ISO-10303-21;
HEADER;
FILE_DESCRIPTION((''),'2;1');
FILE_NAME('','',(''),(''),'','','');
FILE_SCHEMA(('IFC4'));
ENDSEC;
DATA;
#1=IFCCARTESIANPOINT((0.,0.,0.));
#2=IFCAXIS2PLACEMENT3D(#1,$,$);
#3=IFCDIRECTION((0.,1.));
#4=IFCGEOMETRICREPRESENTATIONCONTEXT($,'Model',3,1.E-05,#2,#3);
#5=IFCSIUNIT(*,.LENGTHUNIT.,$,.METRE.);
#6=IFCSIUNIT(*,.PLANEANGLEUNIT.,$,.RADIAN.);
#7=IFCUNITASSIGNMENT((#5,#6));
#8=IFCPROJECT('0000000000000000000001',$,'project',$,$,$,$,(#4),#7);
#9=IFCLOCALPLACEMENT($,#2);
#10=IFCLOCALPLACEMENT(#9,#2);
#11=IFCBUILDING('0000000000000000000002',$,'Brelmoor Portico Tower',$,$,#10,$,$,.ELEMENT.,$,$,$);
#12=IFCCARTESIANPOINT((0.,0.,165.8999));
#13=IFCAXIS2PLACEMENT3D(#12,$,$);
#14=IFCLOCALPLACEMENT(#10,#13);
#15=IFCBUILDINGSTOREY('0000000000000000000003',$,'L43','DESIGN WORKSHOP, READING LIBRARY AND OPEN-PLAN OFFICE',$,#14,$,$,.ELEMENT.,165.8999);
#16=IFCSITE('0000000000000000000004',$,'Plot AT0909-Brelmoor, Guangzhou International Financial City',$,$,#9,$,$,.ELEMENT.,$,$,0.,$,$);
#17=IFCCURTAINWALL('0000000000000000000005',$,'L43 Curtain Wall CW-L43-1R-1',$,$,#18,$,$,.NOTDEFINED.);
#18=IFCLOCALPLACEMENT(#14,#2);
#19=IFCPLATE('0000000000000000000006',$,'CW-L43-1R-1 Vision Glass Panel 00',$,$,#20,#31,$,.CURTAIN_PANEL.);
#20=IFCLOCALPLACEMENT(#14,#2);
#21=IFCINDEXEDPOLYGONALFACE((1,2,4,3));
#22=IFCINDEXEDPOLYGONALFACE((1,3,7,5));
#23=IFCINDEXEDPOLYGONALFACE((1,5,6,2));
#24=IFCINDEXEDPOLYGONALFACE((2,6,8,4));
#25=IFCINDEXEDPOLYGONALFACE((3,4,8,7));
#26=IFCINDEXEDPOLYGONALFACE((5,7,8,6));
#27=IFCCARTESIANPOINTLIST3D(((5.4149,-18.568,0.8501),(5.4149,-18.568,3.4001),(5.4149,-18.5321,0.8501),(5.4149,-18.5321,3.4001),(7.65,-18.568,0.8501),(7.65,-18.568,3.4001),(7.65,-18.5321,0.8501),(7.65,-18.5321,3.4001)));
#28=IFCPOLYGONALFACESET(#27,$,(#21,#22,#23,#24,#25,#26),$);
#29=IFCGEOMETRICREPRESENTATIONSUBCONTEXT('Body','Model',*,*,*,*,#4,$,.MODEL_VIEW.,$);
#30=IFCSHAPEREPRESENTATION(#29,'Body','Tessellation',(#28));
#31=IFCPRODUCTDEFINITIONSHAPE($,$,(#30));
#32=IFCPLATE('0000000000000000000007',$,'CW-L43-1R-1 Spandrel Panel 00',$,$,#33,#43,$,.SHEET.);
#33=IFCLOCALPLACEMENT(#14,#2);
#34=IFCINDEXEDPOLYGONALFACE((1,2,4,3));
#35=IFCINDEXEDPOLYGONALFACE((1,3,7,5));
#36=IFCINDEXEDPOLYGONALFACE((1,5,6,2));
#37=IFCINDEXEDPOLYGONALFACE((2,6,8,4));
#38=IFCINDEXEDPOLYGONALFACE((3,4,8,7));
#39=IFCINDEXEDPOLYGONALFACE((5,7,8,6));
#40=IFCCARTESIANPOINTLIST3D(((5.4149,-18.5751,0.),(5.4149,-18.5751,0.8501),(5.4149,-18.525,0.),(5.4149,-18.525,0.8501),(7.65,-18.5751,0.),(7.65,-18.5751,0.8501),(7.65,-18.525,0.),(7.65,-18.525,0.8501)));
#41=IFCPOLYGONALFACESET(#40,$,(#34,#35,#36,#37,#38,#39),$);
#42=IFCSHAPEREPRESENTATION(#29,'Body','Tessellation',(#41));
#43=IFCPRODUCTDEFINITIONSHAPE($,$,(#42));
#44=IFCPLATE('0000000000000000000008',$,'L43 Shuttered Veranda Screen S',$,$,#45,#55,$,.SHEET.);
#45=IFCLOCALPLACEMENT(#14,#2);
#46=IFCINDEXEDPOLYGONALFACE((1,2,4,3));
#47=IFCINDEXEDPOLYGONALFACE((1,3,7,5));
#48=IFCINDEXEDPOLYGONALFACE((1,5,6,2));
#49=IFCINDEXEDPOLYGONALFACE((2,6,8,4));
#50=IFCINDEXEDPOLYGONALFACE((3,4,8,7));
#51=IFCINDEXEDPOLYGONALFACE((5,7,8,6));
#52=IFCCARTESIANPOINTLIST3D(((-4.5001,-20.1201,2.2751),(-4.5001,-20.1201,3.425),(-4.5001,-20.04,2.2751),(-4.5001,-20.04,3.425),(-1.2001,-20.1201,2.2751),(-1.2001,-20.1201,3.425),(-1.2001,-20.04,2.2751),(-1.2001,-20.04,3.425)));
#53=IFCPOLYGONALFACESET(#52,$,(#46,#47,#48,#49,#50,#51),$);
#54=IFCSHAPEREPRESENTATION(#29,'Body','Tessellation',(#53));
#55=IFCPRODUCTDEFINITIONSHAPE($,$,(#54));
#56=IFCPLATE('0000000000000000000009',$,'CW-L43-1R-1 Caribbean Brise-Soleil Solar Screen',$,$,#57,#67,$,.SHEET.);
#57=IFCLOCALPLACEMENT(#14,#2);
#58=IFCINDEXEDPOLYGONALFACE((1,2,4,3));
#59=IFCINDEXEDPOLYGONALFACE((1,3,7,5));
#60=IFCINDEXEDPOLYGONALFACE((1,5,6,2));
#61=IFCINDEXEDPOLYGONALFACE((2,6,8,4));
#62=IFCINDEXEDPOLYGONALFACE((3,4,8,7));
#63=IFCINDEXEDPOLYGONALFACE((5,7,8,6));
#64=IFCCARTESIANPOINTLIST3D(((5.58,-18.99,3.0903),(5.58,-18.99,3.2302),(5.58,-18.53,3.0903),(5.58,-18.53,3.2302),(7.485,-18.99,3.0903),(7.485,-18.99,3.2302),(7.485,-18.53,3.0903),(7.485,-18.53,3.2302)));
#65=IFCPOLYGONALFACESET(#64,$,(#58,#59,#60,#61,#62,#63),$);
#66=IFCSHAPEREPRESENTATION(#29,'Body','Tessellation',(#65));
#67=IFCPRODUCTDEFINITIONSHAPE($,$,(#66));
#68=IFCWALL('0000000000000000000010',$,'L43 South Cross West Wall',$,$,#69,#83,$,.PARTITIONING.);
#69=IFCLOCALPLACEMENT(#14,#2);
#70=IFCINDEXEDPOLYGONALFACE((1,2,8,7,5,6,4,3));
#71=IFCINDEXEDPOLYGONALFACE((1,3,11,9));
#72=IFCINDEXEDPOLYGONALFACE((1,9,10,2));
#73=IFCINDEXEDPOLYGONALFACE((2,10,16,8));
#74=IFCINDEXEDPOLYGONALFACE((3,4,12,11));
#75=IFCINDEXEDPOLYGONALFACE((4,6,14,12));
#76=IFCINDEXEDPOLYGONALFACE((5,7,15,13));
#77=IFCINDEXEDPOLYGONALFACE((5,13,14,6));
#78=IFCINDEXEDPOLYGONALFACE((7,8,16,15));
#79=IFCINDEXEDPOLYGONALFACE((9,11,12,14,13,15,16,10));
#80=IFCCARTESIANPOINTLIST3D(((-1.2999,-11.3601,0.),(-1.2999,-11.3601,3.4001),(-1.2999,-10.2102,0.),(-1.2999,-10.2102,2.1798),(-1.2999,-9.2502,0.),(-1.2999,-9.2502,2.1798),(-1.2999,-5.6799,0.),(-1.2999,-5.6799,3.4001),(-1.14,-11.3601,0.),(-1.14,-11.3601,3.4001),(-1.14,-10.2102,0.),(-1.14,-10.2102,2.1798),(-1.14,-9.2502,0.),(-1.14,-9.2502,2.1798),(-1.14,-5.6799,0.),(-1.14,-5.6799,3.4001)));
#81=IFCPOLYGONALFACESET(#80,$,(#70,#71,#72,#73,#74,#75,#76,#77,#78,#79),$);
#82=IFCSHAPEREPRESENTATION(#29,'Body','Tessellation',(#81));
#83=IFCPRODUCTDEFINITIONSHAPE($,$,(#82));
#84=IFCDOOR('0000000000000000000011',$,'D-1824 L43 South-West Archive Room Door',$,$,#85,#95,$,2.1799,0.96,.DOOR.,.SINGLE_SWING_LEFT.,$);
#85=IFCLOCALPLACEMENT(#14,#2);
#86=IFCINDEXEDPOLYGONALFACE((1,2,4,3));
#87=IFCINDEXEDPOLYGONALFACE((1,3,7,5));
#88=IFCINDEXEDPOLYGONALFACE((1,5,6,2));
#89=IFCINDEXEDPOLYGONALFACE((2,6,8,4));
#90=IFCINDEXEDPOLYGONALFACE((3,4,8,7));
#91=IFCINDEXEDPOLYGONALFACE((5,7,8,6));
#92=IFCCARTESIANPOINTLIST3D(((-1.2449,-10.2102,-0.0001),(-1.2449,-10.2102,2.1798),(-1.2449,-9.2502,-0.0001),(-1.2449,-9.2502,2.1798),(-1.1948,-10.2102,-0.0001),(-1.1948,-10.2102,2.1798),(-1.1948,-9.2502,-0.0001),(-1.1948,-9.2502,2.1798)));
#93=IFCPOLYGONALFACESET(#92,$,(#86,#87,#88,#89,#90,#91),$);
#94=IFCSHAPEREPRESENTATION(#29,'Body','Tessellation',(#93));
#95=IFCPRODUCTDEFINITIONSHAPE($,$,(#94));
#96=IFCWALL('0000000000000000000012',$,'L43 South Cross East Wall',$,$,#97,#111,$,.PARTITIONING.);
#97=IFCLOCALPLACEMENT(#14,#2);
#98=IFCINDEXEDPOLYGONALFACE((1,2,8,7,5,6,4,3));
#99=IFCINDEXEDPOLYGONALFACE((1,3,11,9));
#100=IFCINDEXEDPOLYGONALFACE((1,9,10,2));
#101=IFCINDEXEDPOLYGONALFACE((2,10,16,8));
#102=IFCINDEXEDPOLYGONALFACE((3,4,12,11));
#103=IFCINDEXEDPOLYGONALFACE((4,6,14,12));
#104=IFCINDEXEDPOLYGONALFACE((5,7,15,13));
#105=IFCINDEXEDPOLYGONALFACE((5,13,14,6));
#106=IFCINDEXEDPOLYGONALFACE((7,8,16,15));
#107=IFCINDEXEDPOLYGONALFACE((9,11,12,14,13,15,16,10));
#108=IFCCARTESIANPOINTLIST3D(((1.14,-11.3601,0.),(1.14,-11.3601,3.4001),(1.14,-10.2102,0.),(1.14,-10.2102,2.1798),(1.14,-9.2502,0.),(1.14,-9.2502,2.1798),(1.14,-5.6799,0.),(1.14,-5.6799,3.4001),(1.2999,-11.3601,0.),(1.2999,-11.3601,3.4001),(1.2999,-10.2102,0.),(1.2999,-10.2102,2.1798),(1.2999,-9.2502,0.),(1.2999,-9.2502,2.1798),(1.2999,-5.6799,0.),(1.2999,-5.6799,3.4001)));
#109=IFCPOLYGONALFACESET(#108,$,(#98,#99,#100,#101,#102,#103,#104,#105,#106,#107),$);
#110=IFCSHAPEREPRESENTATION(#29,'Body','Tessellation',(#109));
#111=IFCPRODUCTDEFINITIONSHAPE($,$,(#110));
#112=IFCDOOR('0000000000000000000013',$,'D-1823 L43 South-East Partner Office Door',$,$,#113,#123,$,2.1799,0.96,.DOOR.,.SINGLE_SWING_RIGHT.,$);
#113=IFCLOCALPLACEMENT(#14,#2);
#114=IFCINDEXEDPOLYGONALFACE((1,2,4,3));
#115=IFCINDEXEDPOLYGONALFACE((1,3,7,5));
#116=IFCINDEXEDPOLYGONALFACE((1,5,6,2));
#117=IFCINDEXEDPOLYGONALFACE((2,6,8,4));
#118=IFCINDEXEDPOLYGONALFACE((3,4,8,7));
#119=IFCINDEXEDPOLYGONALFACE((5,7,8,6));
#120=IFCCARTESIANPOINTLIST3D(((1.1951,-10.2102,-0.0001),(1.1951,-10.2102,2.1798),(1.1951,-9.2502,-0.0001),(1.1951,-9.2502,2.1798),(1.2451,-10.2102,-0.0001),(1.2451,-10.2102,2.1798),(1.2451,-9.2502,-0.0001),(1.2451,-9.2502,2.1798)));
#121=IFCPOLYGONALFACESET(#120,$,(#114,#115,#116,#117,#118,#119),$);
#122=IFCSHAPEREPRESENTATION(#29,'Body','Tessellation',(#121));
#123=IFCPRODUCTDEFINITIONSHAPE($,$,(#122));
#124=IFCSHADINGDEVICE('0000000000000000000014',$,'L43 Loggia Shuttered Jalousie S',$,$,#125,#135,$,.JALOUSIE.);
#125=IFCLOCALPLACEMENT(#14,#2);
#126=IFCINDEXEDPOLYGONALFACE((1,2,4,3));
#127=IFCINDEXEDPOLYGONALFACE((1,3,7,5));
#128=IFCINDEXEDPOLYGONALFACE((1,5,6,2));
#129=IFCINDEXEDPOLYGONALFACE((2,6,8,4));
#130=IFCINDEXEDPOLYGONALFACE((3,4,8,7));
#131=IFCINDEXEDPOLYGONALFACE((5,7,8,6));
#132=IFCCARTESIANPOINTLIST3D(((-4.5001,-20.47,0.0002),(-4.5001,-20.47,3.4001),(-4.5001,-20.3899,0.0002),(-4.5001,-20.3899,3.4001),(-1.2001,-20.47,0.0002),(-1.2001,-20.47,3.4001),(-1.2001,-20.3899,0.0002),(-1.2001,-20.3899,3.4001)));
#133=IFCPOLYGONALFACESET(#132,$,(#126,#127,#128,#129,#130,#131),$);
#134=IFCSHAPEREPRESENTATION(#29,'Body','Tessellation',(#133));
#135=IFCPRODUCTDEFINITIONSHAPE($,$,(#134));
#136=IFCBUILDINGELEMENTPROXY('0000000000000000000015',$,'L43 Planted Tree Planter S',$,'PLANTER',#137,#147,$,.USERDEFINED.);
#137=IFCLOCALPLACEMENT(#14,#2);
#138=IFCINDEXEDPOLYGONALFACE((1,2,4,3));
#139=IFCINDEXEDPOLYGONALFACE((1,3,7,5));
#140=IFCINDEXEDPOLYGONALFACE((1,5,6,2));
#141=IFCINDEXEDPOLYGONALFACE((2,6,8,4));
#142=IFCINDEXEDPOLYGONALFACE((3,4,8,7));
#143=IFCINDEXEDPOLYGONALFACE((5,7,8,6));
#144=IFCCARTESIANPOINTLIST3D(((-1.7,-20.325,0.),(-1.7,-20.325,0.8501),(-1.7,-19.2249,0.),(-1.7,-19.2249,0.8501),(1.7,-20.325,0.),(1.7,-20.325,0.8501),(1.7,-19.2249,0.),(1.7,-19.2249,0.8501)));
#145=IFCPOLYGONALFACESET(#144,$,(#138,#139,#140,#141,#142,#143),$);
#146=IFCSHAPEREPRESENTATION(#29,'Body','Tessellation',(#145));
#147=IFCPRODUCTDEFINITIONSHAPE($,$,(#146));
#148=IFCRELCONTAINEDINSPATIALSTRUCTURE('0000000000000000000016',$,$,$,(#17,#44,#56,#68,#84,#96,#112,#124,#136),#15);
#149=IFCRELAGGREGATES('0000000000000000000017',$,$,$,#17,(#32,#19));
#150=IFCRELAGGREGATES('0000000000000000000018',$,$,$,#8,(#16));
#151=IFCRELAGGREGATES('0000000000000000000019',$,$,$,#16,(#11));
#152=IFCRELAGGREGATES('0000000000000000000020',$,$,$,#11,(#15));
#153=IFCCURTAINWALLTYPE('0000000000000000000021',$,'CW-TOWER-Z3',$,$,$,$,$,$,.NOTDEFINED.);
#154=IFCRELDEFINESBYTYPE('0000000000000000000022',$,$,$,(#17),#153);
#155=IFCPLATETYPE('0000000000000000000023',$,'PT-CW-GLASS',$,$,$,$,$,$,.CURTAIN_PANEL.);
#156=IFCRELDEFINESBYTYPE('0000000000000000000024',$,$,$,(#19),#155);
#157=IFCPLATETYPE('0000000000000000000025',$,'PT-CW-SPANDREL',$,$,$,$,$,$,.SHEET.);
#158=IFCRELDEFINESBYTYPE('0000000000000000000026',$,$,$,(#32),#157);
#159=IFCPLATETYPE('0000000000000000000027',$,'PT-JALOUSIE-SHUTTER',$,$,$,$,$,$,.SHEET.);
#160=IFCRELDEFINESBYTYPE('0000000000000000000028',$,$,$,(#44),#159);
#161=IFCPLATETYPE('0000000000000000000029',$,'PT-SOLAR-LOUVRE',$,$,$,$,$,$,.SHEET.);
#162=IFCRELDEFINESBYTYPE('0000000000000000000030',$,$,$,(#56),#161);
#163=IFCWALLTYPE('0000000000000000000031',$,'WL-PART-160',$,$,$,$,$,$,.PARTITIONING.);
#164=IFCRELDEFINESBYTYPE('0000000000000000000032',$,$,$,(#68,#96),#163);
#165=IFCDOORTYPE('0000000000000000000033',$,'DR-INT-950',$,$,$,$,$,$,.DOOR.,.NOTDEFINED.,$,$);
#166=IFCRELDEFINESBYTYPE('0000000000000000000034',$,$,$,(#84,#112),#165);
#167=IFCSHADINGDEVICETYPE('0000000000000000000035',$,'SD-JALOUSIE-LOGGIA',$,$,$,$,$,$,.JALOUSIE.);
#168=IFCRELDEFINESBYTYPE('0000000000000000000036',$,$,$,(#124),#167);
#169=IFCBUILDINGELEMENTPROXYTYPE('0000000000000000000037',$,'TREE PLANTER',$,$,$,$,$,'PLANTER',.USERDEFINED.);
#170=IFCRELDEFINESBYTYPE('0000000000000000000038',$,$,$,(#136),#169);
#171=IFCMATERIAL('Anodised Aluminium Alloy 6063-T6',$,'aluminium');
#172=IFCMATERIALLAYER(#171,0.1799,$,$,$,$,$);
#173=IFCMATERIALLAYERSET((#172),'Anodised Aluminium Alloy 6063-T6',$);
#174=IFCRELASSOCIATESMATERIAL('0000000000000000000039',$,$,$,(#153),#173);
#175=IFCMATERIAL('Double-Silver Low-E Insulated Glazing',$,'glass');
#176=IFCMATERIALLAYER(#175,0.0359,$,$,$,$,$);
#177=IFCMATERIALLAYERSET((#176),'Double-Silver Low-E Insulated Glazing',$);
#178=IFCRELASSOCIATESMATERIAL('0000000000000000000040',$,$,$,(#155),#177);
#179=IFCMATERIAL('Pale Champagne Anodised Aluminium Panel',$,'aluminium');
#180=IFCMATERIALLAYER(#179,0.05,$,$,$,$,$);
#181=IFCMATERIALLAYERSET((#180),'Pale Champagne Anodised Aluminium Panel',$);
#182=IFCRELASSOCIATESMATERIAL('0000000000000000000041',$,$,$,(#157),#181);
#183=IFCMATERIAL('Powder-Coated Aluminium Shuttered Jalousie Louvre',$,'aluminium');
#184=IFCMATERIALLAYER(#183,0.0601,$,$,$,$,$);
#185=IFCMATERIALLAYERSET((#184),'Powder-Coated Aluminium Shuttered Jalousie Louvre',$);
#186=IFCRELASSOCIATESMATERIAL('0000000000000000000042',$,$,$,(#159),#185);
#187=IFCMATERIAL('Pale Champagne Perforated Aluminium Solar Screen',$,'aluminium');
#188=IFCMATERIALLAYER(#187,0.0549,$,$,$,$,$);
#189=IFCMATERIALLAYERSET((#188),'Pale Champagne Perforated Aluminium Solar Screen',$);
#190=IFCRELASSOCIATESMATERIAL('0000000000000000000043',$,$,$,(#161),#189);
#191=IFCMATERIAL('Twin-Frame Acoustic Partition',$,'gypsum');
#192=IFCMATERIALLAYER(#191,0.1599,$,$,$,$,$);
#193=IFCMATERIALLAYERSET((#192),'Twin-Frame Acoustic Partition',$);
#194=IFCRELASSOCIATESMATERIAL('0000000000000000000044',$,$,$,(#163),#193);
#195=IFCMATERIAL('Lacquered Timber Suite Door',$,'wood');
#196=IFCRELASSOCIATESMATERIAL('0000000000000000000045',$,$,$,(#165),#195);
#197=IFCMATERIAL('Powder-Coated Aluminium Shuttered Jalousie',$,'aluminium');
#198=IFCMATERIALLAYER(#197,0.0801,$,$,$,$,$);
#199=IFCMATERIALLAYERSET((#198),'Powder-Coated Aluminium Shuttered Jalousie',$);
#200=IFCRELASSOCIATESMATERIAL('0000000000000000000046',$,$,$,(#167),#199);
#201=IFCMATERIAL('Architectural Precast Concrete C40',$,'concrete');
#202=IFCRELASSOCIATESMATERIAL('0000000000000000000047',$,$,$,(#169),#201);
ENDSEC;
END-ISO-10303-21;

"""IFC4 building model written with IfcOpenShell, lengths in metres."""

from ifc_helpers import new_model, si_unit, direction, frame, frame_2d, origin, origin_2d, place, context, subcontext, project, spatial, rectangle, extrude, material, layer, layer_set, type_object, element, fill, aggregate, save


model = new_model("IFC4")

# Units and contexts
model_context = context("Model", 3, precision=1e-05, world=origin(), true_north=direction((0.0, 1.0)))
body_context = subcontext(model_context, "Body", "Model", "MODEL_VIEW")
ifc_project = project(units=[si_unit("LENGTHUNIT", "METRE"), si_unit("PLANEANGLEUNIT", "RADIAN")], contexts=[model_context])

# Site, building, storey
site_placement = place(None, origin())
site = spatial("IfcSite", under=ifc_project, at=site_placement, Name="Plot AT0909-Brelmoor, Guangzhou International Financial City", CompositionType="ELEMENT", RefElevation=0.0)
building_placement = place(site_placement, origin())
building = spatial("IfcBuilding", under=site, at=building_placement, Name="Brelmoor Portico Tower", CompositionType="ELEMENT")
storey_placement = place(building_placement, frame((0.0, 0.0, 165.8999)))
storey = spatial("IfcBuildingStorey", under=building, at=storey_placement, Name="L43", Description="DESIGN WORKSHOP, READING LIBRARY AND OPEN-PLAN OFFICE", CompositionType="ELEMENT", Elevation=165.8999)

# Curtain wall
ifc_material_1 = material(Name="Anodised Aluminium Alloy 6063-T6", Category="aluminium")
ifc_layer_1 = layer(ifc_material_1, 0.1799)
ifc_layer_set_1 = layer_set([ifc_layer_1], Name="Anodised Aluminium Alloy 6063-T6")
curtain_wall_type_1 = type_object("IfcCurtainWallType", Name="CW-TOWER-Z3", PredefinedType="NOTDEFINED", material=ifc_layer_set_1)
curtain_wall_1_placement = place(storey_placement, origin())
curtain_wall_1 = element("IfcCurtainWall", 1, at=curtain_wall_1_placement, inside=storey, type_object=curtain_wall_type_1, Name="L43 Curtain Wall CW-L43-1R-1", PredefinedType="NOTDEFINED")

# Plates
ifc_material_2 = material(Name="Double-Silver Low-E Insulated Glazing", Category="glass")
ifc_layer_2 = layer(ifc_material_2, 0.0359)
ifc_layer_set_2 = layer_set([ifc_layer_2], Name="Double-Silver Low-E Insulated Glazing")
plate_type_1 = type_object("IfcPlateType", Name="PT-CW-GLASS", PredefinedType="CURTAIN_PANEL", material=ifc_layer_set_2)
plate_1_placement = place(storey_placement, frame((6.5325, -18.55, 0.8501), z_axis=(0.0, 0.0, 1.0), x_axis=(1.0, 0.0, 0.0)))
plate_1 = element("IfcPlate", 2, at=plate_1_placement, type_object=plate_type_1, Name="CW-L43-1R-1 Vision Glass Panel 00", PredefinedType="CURTAIN_PANEL", context=body_context, shape_type="SweptSolid", body=[
    extrude(rectangle(XDim=2.2351, YDim=0.0359, at=origin_2d()), origin(), (0.0, 0.0, 1.0), 2.55),
])
ifc_material_3 = material(Name="Pale Champagne Anodised Aluminium Panel", Category="aluminium")
ifc_layer_3 = layer(ifc_material_3, 0.05)
ifc_layer_set_3 = layer_set([ifc_layer_3], Name="Pale Champagne Anodised Aluminium Panel")
plate_type_2 = type_object("IfcPlateType", Name="PT-CW-SPANDREL", PredefinedType="SHEET", material=ifc_layer_set_3)
plate_2_placement = place(storey_placement, frame((6.5325, -18.55, 0.0), z_axis=(0.0, 0.0, 1.0), x_axis=(1.0, 0.0, 0.0)))
plate_2 = element("IfcPlate", 3, at=plate_2_placement, type_object=plate_type_2, Name="CW-L43-1R-1 Spandrel Panel 00", PredefinedType="SHEET", context=body_context, shape_type="SweptSolid", body=[
    extrude(rectangle(XDim=2.2351, YDim=0.05, at=origin_2d()), origin(), (0.0, 0.0, 1.0), 0.8501),
])
aggregate(curtain_wall_1, [plate_2, plate_1])

# Plates
ifc_material_4 = material(Name="Powder-Coated Aluminium Shuttered Jalousie Louvre", Category="aluminium")
ifc_layer_4 = layer(ifc_material_4, 0.0601)
ifc_layer_set_4 = layer_set([ifc_layer_4], Name="Powder-Coated Aluminium Shuttered Jalousie Louvre")
plate_type_3 = type_object("IfcPlateType", Name="PT-JALOUSIE-SHUTTER", PredefinedType="SHEET", material=ifc_layer_set_4)
plate_3_placement = place(storey_placement, frame((-2.8501, -20.0801, 2.2751), z_axis=(0.0, 0.0, 1.0), x_axis=(1.0, 0.0, 0.0)))
element("IfcPlate", 4, at=plate_3_placement, inside=storey, type_object=plate_type_3, Name="L43 Shuttered Veranda Screen S", PredefinedType="SHEET", context=body_context, shape_type="SweptSolid", body=[
    extrude(rectangle(XDim=3.3, YDim=0.0801, at=origin_2d()), origin(), (0.0, 0.0, 1.0), 1.1499),
])
ifc_material_5 = material(Name="Pale Champagne Perforated Aluminium Solar Screen", Category="aluminium")
ifc_layer_5 = layer(ifc_material_5, 0.0549)
ifc_layer_set_5 = layer_set([ifc_layer_5], Name="Pale Champagne Perforated Aluminium Solar Screen")
plate_type_4 = type_object("IfcPlateType", Name="PT-SOLAR-LOUVRE", PredefinedType="SHEET", material=ifc_layer_set_5)
plate_4_placement = place(storey_placement, frame((6.5325, -18.76, 3.0903), z_axis=(0.0, 0.0, 1.0), x_axis=(1.0, 0.0, 0.0)))
element("IfcPlate", 5, at=plate_4_placement, inside=storey, type_object=plate_type_4, Name="CW-L43-1R-1 Caribbean Brise-Soleil Solar Screen", PredefinedType="SHEET", context=body_context, shape_type="SweptSolid", body=[
    extrude(rectangle(XDim=1.905, YDim=0.46, at=origin_2d()), origin(), (0.0, 0.0, 1.0), 0.1399),
])

# Walls, openings, doors
ifc_material_6 = material(Name="Twin-Frame Acoustic Partition", Category="gypsum")
ifc_layer_6 = layer(ifc_material_6, 0.1599)
ifc_layer_set_6 = layer_set([ifc_layer_6], Name="Twin-Frame Acoustic Partition")
wall_type = type_object("IfcWallType", Name="WL-PART-160", PredefinedType="PARTITIONING", material=ifc_layer_set_6)
wall_1_placement = place(storey_placement, frame((-1.22, -11.3601, 0.0), z_axis=(0.0, 0.0, 1.0), x_axis=(0.0, 1.0, 0.0)))
wall_1 = element("IfcWall", 6, at=wall_1_placement, inside=storey, type_object=wall_type, Name="L43 South Cross West Wall", PredefinedType="PARTITIONING", context=body_context, shape_type="SweptSolid", body=[
    extrude(rectangle(XDim=5.6802, YDim=0.1599, at=frame_2d((2.8401, 0.0))), origin(), (0.0, 0.0, 1.0), 3.4001),
])
opening_1_placement = place(wall_1_placement, frame((1.1499, 0.0, 0.0)))
opening_1 = element("IfcOpeningElement", 7, at=opening_1_placement, cuts=wall_1, PredefinedType="OPENING", context=body_context, shape_type="SweptSolid", body=[
    extrude(rectangle(XDim=0.96, YDim=2.1799, at=frame_2d((0.48, 1.0898))), frame((0.0, 0.0898, 0.0), z_axis=(0.0, -1.0, 0.0), x_axis=(1.0, 0.0, 0.0)), (0.0, 0.0, 1.0), 0.1799),
])
ifc_material_7 = material(Name="Lacquered Timber Suite Door", Category="wood")
door_type_1 = type_object("IfcDoorType", Name="DR-INT-950", OperationType="NOTDEFINED", PredefinedType="DOOR", material=ifc_material_7)
door_1_placement = place(opening_1_placement, origin())
door_1 = element("IfcDoor", 8, at=door_1_placement, inside=storey, type_object=door_type_1, Name="D-1824 L43 South-West Archive Room Door", OperationType="SINGLE_SWING_LEFT", OverallHeight=2.1799, OverallWidth=0.96, PredefinedType="DOOR", context=body_context, shape_type="SweptSolid", body=[
    extrude(rectangle(XDim=0.96, YDim=2.1799, at=frame_2d((0.48, 1.0898))), frame((0.0, 0.0249, 0.0), z_axis=(0.0, -1.0, 0.0), x_axis=(1.0, 0.0, 0.0)), (0.0, 0.0, 1.0), 0.05),
])
fill(opening_1, door_1)
wall_2_placement = place(storey_placement, frame((1.22, -11.3601, 0.0), z_axis=(0.0, 0.0, 1.0), x_axis=(0.0, 1.0, 0.0)))
wall_2 = element("IfcWall", 9, at=wall_2_placement, inside=storey, type_object=wall_type, Name="L43 South Cross East Wall", PredefinedType="PARTITIONING", context=body_context, shape_type="SweptSolid", body=[
    extrude(rectangle(XDim=5.6802, YDim=0.1599, at=frame_2d((2.8401, 0.0))), origin(), (0.0, 0.0, 1.0), 3.4001),
])
opening_2_placement = place(wall_2_placement, frame((1.1499, 0.0, 0.0)))
opening_2 = element("IfcOpeningElement", 10, at=opening_2_placement, cuts=wall_2, PredefinedType="OPENING", context=body_context, shape_type="SweptSolid", body=[
    extrude(rectangle(XDim=0.96, YDim=2.1799, at=frame_2d((0.48, 1.0898))), frame((0.0, 0.0898, 0.0), z_axis=(0.0, -1.0, 0.0), x_axis=(1.0, 0.0, 0.0)), (0.0, 0.0, 1.0), 0.1799),
])
door_2_placement = place(opening_2_placement, origin())
door_2 = element("IfcDoor", 11, at=door_2_placement, inside=storey, type_object=door_type_1, Name="D-1823 L43 South-East Partner Office Door", OperationType="SINGLE_SWING_RIGHT", OverallHeight=2.1799, OverallWidth=0.96, PredefinedType="DOOR", context=body_context, shape_type="SweptSolid", body=[
    extrude(rectangle(XDim=0.96, YDim=2.1799, at=frame_2d((0.48, 1.0898))), frame((0.0, 0.0249, 0.0), z_axis=(0.0, -1.0, 0.0), x_axis=(1.0, 0.0, 0.0)), (0.0, 0.0, 1.0), 0.05),
])
fill(opening_2, door_2)

# Shading device
ifc_material_8 = material(Name="Powder-Coated Aluminium Shuttered Jalousie", Category="aluminium")
ifc_layer_7 = layer(ifc_material_8, 0.0801)
ifc_layer_set_7 = layer_set([ifc_layer_7], Name="Powder-Coated Aluminium Shuttered Jalousie")
shading_device_type = type_object("IfcShadingDeviceType", Name="SD-JALOUSIE-LOGGIA", PredefinedType="JALOUSIE", material=ifc_layer_set_7)
shading_device_placement = place(storey_placement, frame((-2.8501, -20.4299, 0.0002), z_axis=(0.0, 0.0, 1.0), x_axis=(1.0, 0.0, 0.0)))
element("IfcShadingDevice", 12, at=shading_device_placement, inside=storey, type_object=shading_device_type, Name="L43 Loggia Shuttered Jalousie S", PredefinedType="JALOUSIE", context=body_context, shape_type="SweptSolid", body=[
    extrude(rectangle(XDim=3.3, YDim=0.0801, at=origin_2d()), origin(), (0.0, 0.0, 1.0), 3.3999),
])

# Building element proxy
ifc_material_9 = material(Name="Architectural Precast Concrete C40", Category="concrete")
building_element_proxy_type = type_object("IfcBuildingElementProxyType", Name="TREE PLANTER", ElementType="PLANTER", PredefinedType="USERDEFINED", material=ifc_material_9)
proxy_placement = place(storey_placement, frame((0.0, -19.7749, 0.0), z_axis=(0.0, 0.0, 1.0), x_axis=(1.0, 0.0, 0.0)))
element("IfcBuildingElementProxy", 13, at=proxy_placement, inside=storey, type_object=building_element_proxy_type, Name="L43 Planted Tree Planter S", ObjectType="PLANTER", PredefinedType="USERDEFINED", context=body_context, shape_type="SweptSolid", body=[
    extrude(rectangle(XDim=3.3999, YDim=1.1001, at=origin_2d()), origin(), (0.0, 0.0, 1.0), 0.8501),
])

save(model, "model.ifc")
